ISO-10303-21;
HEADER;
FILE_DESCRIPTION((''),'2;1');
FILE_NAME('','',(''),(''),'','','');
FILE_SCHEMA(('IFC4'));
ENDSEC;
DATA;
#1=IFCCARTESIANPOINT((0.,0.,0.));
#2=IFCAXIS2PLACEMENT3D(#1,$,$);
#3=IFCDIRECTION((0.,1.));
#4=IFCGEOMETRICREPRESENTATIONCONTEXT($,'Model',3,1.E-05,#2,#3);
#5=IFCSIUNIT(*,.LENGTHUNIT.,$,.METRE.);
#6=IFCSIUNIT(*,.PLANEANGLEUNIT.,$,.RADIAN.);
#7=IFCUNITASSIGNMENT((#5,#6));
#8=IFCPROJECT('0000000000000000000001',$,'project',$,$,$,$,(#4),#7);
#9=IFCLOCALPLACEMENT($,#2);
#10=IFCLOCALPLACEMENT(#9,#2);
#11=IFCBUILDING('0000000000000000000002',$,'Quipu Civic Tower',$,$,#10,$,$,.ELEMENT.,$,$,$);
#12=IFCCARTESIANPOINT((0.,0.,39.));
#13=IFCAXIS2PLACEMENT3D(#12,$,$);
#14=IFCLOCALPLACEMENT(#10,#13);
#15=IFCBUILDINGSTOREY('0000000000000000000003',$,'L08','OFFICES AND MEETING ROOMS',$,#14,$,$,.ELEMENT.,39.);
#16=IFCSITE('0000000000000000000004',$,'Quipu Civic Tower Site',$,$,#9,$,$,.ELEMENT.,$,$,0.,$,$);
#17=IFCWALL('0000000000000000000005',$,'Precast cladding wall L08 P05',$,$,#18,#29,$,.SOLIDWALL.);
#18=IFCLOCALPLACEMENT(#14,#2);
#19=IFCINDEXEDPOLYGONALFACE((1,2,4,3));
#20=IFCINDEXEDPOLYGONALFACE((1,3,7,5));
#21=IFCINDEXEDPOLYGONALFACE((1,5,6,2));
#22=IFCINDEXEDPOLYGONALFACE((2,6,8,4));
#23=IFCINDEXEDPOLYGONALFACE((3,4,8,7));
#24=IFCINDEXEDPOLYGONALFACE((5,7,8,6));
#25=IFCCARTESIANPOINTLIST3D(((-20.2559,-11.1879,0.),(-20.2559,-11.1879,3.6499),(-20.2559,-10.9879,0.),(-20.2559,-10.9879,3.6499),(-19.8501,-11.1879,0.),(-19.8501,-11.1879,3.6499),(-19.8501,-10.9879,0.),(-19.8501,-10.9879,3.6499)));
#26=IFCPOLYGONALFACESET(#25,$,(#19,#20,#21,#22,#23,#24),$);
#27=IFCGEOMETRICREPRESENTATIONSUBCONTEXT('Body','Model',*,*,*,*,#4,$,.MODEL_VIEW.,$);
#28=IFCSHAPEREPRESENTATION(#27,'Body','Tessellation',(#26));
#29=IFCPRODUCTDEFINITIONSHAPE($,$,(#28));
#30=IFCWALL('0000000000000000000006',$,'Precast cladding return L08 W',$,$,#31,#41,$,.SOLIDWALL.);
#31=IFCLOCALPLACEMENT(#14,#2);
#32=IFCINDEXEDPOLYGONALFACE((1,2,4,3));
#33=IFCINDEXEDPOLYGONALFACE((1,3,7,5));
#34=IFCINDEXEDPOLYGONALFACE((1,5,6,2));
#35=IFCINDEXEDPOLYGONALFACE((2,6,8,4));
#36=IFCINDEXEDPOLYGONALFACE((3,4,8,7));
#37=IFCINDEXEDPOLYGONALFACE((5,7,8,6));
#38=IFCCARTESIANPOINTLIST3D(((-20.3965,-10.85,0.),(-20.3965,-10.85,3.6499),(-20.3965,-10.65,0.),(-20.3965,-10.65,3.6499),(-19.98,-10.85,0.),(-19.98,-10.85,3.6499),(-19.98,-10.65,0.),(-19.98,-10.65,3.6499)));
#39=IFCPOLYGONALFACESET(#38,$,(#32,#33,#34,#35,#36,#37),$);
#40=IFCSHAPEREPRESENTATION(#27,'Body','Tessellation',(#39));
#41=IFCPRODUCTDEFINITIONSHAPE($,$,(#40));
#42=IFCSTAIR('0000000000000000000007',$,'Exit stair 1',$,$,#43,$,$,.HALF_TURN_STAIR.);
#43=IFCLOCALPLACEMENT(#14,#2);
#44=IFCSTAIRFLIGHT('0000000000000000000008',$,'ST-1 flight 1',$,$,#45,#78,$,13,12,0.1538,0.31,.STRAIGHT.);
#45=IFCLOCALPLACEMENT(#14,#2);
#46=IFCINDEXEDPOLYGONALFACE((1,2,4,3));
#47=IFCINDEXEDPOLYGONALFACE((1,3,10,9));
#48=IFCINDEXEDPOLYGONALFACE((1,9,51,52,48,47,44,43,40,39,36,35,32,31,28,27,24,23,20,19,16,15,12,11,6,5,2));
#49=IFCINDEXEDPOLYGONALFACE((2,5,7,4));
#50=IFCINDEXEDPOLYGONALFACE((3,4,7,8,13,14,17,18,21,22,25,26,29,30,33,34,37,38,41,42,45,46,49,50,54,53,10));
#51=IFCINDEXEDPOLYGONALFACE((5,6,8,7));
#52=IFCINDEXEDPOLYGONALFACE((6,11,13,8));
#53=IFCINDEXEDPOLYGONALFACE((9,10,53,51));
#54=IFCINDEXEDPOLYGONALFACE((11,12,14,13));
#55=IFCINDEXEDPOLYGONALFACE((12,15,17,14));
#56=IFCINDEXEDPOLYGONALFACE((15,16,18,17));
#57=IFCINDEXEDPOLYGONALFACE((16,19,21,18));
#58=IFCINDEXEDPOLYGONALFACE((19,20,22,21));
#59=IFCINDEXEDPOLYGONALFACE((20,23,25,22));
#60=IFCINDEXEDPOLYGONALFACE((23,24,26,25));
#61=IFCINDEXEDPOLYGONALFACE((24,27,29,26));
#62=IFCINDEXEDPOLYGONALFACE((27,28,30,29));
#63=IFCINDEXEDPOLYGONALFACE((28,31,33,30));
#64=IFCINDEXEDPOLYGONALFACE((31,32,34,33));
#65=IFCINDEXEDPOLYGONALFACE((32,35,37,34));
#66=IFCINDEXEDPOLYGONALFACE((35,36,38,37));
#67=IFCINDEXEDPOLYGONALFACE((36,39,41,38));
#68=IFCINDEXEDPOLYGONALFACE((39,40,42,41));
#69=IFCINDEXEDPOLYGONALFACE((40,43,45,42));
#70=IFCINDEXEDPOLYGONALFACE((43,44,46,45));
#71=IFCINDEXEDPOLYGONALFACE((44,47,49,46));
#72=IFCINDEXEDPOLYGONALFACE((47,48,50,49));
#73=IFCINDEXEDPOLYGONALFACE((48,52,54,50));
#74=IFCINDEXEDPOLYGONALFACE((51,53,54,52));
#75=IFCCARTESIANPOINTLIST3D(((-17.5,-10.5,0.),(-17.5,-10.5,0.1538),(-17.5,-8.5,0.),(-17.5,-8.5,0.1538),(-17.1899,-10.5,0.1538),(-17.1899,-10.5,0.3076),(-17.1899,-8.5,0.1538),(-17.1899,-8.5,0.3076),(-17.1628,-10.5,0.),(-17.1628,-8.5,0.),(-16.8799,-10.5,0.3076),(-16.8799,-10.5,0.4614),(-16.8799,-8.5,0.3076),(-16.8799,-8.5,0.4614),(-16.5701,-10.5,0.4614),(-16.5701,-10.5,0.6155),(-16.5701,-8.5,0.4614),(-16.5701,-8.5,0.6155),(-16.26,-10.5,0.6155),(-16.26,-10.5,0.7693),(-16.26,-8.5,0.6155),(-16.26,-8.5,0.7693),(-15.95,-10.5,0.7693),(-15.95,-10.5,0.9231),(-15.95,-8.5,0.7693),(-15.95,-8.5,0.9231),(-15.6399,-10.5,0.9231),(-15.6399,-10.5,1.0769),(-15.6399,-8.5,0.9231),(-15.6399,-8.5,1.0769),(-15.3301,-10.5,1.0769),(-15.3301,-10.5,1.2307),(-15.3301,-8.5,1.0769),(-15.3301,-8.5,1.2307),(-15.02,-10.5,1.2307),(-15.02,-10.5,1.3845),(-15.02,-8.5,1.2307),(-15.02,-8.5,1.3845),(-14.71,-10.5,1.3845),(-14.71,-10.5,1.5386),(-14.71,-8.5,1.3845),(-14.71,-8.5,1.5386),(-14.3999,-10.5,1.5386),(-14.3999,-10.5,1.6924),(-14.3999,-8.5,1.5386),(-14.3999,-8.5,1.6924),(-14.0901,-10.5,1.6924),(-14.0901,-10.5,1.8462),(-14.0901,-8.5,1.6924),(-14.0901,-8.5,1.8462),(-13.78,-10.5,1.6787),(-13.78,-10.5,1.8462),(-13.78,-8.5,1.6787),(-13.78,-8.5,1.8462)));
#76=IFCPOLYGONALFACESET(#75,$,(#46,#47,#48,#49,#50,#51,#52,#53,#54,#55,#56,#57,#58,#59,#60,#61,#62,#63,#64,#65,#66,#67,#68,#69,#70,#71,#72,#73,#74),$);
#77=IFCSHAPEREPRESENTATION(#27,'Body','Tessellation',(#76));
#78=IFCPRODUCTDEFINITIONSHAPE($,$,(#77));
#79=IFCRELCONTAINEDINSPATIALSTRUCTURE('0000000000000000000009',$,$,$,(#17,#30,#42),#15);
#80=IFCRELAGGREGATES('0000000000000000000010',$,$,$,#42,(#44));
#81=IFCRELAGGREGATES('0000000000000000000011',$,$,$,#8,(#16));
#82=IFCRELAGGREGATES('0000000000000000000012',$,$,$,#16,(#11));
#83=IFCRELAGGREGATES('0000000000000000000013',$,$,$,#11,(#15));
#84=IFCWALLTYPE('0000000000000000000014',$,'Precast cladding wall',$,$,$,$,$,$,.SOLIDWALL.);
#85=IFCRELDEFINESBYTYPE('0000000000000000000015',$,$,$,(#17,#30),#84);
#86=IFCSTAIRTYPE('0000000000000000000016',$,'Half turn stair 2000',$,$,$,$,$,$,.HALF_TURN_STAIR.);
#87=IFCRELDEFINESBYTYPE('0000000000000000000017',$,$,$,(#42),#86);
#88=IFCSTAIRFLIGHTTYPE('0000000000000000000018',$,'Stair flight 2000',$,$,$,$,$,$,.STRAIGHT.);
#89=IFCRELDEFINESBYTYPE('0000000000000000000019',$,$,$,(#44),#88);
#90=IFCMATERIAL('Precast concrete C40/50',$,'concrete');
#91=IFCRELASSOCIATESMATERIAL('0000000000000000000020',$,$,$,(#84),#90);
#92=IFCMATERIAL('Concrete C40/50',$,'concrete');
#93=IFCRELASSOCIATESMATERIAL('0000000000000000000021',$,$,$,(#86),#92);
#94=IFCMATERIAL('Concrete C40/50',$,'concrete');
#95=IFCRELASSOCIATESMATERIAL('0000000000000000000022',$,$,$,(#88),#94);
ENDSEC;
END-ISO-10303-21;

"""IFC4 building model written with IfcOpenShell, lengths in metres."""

from ifc_helpers import new_model, si_unit, direction, frame, frame_2d, origin, place, context, subcontext, project, spatial, polyline, rectangle, outline, extrude, material, type_object, element, aggregate, save


model = new_model("IFC4")

# Units and contexts
model_context = context("Model", 3, precision=1e-05, world=origin(), true_north=direction((0.0, 1.0)))
body_context = subcontext(model_context, "Body", "Model", "MODEL_VIEW")
ifc_project = project(units=[si_unit("LENGTHUNIT", "METRE"), si_unit("PLANEANGLEUNIT", "RADIAN")], contexts=[model_context])

# Site, building, storey
site_placement = place(None, origin())
site = spatial("IfcSite", under=ifc_project, at=site_placement, Name="Quipu Civic Tower Site", CompositionType="ELEMENT", RefElevation=0.0)
building_placement = place(site_placement, origin())
building = spatial("IfcBuilding", under=site, at=building_placement, Name="Quipu Civic Tower", CompositionType="ELEMENT")
storey_placement = place(building_placement, frame((0.0, 0.0, 39.0)))
storey = spatial("IfcBuildingStorey", under=building, at=storey_placement, Name="L08", Description="OFFICES AND MEETING ROOMS", CompositionType="ELEMENT", Elevation=39.0)

# Walls
ifc_material_1 = material(Name="Precast concrete C40/50", Category="concrete")
wall_type_1 = type_object("IfcWallType", Name="Precast cladding wall", PredefinedType="SOLIDWALL", material=ifc_material_1)
wall_1_placement = place(storey_placement, frame((-20.2559, -11.0879, 0.0), z_axis=(0.0, 0.0, 1.0), x_axis=(1.0, 0.0, 0.0)))
element("IfcWall", 1, at=wall_1_placement, inside=storey, type_object=wall_type_1, Name="Precast cladding wall L08 P05", PredefinedType="SOLIDWALL", context=body_context, shape_type="SweptSolid", body=[
    extrude(rectangle(XDim=0.4058, YDim=0.2, at=frame_2d((0.2029, 0.0))), origin(), (0.0, 0.0, 1.0), 3.6499),
])
wall_2_placement = place(storey_placement, frame((-19.98, -10.75, 0.0), z_axis=(0.0, 0.0, 1.0), x_axis=(-1.0, 0.0, 0.0)))
element("IfcWall", 2, at=wall_2_placement, inside=storey, type_object=wall_type_1, Name="Precast cladding return L08 W", PredefinedType="SOLIDWALL", context=body_context, shape_type="SweptSolid", body=[
    extrude(rectangle(XDim=0.4165, YDim=0.2, at=frame_2d((0.2083, 0.0))), origin(), (0.0, 0.0, 1.0), 3.6499),
])

# Stair, stair flight
ifc_material_2 = material(Name="Concrete C40/50", Category="concrete")
stair_type = type_object("IfcStairType", Name="Half turn stair 2000", PredefinedType="HALF_TURN_STAIR", material=ifc_material_2)
stair_placement = place(storey_placement, origin())
stair = element("IfcStair", 3, at=stair_placement, inside=storey, type_object=stair_type, Name="Exit stair 1", PredefinedType="HALF_TURN_STAIR")
ifc_material_3 = material(Name="Concrete C40/50", Category="concrete")
stair_flight_type = type_object("IfcStairFlightType", Name="Stair flight 2000", PredefinedType="STRAIGHT", material=ifc_material_3)
stair_flight_placement = place(storey_placement, frame((-17.5, -9.5, 0.0), z_axis=(0.0, 0.0, 1.0), x_axis=(1.0, 0.0, 0.0)))
stair_flight = element("IfcStairFlight", 4, at=stair_flight_placement, type_object=stair_flight_type, Name="ST-1 flight 1", NumberOfRisers=13, NumberOfTreads=12, PredefinedType="STRAIGHT", RiserHeight=0.1538, TreadLength=0.31, context=body_context, shape_type="SweptSolid", body=[
    extrude(outline(polyline([(0.0, 0.0), (0.0, 0.1538), (0.3101, 0.1538), (0.3101, 0.3076), (0.6201, 0.3076), (0.6201, 0.4614), (0.9299, 0.4614), (0.9299, 0.6155), (1.24, 0.6155), (1.24, 0.7693), (1.55, 0.7693), (1.55, 0.9231), (1.8601, 0.9231), (1.8601, 1.0769), (2.1699, 1.0769), (2.1699, 1.2307), (2.48, 1.2307), (2.48, 1.3845), (2.79, 1.3845), (2.79, 1.5386), (3.1001, 1.5386), (3.1001, 1.6924), (3.4099, 1.6924), (3.4099, 1.8462), (3.72, 1.8462), (3.72, 2.0), (3.72, 1.6787), (0.3372, 0.0), (0.0, 0.0)])), frame((0.0, 1.0, 0.0), z_axis=(0.0, -1.0, 0.0), x_axis=(1.0, 0.0, 0.0)), (0.0, 0.0, 1.0), 2.0),
])
aggregate(stair, [stair_flight])

save(model, "model.ifc")
